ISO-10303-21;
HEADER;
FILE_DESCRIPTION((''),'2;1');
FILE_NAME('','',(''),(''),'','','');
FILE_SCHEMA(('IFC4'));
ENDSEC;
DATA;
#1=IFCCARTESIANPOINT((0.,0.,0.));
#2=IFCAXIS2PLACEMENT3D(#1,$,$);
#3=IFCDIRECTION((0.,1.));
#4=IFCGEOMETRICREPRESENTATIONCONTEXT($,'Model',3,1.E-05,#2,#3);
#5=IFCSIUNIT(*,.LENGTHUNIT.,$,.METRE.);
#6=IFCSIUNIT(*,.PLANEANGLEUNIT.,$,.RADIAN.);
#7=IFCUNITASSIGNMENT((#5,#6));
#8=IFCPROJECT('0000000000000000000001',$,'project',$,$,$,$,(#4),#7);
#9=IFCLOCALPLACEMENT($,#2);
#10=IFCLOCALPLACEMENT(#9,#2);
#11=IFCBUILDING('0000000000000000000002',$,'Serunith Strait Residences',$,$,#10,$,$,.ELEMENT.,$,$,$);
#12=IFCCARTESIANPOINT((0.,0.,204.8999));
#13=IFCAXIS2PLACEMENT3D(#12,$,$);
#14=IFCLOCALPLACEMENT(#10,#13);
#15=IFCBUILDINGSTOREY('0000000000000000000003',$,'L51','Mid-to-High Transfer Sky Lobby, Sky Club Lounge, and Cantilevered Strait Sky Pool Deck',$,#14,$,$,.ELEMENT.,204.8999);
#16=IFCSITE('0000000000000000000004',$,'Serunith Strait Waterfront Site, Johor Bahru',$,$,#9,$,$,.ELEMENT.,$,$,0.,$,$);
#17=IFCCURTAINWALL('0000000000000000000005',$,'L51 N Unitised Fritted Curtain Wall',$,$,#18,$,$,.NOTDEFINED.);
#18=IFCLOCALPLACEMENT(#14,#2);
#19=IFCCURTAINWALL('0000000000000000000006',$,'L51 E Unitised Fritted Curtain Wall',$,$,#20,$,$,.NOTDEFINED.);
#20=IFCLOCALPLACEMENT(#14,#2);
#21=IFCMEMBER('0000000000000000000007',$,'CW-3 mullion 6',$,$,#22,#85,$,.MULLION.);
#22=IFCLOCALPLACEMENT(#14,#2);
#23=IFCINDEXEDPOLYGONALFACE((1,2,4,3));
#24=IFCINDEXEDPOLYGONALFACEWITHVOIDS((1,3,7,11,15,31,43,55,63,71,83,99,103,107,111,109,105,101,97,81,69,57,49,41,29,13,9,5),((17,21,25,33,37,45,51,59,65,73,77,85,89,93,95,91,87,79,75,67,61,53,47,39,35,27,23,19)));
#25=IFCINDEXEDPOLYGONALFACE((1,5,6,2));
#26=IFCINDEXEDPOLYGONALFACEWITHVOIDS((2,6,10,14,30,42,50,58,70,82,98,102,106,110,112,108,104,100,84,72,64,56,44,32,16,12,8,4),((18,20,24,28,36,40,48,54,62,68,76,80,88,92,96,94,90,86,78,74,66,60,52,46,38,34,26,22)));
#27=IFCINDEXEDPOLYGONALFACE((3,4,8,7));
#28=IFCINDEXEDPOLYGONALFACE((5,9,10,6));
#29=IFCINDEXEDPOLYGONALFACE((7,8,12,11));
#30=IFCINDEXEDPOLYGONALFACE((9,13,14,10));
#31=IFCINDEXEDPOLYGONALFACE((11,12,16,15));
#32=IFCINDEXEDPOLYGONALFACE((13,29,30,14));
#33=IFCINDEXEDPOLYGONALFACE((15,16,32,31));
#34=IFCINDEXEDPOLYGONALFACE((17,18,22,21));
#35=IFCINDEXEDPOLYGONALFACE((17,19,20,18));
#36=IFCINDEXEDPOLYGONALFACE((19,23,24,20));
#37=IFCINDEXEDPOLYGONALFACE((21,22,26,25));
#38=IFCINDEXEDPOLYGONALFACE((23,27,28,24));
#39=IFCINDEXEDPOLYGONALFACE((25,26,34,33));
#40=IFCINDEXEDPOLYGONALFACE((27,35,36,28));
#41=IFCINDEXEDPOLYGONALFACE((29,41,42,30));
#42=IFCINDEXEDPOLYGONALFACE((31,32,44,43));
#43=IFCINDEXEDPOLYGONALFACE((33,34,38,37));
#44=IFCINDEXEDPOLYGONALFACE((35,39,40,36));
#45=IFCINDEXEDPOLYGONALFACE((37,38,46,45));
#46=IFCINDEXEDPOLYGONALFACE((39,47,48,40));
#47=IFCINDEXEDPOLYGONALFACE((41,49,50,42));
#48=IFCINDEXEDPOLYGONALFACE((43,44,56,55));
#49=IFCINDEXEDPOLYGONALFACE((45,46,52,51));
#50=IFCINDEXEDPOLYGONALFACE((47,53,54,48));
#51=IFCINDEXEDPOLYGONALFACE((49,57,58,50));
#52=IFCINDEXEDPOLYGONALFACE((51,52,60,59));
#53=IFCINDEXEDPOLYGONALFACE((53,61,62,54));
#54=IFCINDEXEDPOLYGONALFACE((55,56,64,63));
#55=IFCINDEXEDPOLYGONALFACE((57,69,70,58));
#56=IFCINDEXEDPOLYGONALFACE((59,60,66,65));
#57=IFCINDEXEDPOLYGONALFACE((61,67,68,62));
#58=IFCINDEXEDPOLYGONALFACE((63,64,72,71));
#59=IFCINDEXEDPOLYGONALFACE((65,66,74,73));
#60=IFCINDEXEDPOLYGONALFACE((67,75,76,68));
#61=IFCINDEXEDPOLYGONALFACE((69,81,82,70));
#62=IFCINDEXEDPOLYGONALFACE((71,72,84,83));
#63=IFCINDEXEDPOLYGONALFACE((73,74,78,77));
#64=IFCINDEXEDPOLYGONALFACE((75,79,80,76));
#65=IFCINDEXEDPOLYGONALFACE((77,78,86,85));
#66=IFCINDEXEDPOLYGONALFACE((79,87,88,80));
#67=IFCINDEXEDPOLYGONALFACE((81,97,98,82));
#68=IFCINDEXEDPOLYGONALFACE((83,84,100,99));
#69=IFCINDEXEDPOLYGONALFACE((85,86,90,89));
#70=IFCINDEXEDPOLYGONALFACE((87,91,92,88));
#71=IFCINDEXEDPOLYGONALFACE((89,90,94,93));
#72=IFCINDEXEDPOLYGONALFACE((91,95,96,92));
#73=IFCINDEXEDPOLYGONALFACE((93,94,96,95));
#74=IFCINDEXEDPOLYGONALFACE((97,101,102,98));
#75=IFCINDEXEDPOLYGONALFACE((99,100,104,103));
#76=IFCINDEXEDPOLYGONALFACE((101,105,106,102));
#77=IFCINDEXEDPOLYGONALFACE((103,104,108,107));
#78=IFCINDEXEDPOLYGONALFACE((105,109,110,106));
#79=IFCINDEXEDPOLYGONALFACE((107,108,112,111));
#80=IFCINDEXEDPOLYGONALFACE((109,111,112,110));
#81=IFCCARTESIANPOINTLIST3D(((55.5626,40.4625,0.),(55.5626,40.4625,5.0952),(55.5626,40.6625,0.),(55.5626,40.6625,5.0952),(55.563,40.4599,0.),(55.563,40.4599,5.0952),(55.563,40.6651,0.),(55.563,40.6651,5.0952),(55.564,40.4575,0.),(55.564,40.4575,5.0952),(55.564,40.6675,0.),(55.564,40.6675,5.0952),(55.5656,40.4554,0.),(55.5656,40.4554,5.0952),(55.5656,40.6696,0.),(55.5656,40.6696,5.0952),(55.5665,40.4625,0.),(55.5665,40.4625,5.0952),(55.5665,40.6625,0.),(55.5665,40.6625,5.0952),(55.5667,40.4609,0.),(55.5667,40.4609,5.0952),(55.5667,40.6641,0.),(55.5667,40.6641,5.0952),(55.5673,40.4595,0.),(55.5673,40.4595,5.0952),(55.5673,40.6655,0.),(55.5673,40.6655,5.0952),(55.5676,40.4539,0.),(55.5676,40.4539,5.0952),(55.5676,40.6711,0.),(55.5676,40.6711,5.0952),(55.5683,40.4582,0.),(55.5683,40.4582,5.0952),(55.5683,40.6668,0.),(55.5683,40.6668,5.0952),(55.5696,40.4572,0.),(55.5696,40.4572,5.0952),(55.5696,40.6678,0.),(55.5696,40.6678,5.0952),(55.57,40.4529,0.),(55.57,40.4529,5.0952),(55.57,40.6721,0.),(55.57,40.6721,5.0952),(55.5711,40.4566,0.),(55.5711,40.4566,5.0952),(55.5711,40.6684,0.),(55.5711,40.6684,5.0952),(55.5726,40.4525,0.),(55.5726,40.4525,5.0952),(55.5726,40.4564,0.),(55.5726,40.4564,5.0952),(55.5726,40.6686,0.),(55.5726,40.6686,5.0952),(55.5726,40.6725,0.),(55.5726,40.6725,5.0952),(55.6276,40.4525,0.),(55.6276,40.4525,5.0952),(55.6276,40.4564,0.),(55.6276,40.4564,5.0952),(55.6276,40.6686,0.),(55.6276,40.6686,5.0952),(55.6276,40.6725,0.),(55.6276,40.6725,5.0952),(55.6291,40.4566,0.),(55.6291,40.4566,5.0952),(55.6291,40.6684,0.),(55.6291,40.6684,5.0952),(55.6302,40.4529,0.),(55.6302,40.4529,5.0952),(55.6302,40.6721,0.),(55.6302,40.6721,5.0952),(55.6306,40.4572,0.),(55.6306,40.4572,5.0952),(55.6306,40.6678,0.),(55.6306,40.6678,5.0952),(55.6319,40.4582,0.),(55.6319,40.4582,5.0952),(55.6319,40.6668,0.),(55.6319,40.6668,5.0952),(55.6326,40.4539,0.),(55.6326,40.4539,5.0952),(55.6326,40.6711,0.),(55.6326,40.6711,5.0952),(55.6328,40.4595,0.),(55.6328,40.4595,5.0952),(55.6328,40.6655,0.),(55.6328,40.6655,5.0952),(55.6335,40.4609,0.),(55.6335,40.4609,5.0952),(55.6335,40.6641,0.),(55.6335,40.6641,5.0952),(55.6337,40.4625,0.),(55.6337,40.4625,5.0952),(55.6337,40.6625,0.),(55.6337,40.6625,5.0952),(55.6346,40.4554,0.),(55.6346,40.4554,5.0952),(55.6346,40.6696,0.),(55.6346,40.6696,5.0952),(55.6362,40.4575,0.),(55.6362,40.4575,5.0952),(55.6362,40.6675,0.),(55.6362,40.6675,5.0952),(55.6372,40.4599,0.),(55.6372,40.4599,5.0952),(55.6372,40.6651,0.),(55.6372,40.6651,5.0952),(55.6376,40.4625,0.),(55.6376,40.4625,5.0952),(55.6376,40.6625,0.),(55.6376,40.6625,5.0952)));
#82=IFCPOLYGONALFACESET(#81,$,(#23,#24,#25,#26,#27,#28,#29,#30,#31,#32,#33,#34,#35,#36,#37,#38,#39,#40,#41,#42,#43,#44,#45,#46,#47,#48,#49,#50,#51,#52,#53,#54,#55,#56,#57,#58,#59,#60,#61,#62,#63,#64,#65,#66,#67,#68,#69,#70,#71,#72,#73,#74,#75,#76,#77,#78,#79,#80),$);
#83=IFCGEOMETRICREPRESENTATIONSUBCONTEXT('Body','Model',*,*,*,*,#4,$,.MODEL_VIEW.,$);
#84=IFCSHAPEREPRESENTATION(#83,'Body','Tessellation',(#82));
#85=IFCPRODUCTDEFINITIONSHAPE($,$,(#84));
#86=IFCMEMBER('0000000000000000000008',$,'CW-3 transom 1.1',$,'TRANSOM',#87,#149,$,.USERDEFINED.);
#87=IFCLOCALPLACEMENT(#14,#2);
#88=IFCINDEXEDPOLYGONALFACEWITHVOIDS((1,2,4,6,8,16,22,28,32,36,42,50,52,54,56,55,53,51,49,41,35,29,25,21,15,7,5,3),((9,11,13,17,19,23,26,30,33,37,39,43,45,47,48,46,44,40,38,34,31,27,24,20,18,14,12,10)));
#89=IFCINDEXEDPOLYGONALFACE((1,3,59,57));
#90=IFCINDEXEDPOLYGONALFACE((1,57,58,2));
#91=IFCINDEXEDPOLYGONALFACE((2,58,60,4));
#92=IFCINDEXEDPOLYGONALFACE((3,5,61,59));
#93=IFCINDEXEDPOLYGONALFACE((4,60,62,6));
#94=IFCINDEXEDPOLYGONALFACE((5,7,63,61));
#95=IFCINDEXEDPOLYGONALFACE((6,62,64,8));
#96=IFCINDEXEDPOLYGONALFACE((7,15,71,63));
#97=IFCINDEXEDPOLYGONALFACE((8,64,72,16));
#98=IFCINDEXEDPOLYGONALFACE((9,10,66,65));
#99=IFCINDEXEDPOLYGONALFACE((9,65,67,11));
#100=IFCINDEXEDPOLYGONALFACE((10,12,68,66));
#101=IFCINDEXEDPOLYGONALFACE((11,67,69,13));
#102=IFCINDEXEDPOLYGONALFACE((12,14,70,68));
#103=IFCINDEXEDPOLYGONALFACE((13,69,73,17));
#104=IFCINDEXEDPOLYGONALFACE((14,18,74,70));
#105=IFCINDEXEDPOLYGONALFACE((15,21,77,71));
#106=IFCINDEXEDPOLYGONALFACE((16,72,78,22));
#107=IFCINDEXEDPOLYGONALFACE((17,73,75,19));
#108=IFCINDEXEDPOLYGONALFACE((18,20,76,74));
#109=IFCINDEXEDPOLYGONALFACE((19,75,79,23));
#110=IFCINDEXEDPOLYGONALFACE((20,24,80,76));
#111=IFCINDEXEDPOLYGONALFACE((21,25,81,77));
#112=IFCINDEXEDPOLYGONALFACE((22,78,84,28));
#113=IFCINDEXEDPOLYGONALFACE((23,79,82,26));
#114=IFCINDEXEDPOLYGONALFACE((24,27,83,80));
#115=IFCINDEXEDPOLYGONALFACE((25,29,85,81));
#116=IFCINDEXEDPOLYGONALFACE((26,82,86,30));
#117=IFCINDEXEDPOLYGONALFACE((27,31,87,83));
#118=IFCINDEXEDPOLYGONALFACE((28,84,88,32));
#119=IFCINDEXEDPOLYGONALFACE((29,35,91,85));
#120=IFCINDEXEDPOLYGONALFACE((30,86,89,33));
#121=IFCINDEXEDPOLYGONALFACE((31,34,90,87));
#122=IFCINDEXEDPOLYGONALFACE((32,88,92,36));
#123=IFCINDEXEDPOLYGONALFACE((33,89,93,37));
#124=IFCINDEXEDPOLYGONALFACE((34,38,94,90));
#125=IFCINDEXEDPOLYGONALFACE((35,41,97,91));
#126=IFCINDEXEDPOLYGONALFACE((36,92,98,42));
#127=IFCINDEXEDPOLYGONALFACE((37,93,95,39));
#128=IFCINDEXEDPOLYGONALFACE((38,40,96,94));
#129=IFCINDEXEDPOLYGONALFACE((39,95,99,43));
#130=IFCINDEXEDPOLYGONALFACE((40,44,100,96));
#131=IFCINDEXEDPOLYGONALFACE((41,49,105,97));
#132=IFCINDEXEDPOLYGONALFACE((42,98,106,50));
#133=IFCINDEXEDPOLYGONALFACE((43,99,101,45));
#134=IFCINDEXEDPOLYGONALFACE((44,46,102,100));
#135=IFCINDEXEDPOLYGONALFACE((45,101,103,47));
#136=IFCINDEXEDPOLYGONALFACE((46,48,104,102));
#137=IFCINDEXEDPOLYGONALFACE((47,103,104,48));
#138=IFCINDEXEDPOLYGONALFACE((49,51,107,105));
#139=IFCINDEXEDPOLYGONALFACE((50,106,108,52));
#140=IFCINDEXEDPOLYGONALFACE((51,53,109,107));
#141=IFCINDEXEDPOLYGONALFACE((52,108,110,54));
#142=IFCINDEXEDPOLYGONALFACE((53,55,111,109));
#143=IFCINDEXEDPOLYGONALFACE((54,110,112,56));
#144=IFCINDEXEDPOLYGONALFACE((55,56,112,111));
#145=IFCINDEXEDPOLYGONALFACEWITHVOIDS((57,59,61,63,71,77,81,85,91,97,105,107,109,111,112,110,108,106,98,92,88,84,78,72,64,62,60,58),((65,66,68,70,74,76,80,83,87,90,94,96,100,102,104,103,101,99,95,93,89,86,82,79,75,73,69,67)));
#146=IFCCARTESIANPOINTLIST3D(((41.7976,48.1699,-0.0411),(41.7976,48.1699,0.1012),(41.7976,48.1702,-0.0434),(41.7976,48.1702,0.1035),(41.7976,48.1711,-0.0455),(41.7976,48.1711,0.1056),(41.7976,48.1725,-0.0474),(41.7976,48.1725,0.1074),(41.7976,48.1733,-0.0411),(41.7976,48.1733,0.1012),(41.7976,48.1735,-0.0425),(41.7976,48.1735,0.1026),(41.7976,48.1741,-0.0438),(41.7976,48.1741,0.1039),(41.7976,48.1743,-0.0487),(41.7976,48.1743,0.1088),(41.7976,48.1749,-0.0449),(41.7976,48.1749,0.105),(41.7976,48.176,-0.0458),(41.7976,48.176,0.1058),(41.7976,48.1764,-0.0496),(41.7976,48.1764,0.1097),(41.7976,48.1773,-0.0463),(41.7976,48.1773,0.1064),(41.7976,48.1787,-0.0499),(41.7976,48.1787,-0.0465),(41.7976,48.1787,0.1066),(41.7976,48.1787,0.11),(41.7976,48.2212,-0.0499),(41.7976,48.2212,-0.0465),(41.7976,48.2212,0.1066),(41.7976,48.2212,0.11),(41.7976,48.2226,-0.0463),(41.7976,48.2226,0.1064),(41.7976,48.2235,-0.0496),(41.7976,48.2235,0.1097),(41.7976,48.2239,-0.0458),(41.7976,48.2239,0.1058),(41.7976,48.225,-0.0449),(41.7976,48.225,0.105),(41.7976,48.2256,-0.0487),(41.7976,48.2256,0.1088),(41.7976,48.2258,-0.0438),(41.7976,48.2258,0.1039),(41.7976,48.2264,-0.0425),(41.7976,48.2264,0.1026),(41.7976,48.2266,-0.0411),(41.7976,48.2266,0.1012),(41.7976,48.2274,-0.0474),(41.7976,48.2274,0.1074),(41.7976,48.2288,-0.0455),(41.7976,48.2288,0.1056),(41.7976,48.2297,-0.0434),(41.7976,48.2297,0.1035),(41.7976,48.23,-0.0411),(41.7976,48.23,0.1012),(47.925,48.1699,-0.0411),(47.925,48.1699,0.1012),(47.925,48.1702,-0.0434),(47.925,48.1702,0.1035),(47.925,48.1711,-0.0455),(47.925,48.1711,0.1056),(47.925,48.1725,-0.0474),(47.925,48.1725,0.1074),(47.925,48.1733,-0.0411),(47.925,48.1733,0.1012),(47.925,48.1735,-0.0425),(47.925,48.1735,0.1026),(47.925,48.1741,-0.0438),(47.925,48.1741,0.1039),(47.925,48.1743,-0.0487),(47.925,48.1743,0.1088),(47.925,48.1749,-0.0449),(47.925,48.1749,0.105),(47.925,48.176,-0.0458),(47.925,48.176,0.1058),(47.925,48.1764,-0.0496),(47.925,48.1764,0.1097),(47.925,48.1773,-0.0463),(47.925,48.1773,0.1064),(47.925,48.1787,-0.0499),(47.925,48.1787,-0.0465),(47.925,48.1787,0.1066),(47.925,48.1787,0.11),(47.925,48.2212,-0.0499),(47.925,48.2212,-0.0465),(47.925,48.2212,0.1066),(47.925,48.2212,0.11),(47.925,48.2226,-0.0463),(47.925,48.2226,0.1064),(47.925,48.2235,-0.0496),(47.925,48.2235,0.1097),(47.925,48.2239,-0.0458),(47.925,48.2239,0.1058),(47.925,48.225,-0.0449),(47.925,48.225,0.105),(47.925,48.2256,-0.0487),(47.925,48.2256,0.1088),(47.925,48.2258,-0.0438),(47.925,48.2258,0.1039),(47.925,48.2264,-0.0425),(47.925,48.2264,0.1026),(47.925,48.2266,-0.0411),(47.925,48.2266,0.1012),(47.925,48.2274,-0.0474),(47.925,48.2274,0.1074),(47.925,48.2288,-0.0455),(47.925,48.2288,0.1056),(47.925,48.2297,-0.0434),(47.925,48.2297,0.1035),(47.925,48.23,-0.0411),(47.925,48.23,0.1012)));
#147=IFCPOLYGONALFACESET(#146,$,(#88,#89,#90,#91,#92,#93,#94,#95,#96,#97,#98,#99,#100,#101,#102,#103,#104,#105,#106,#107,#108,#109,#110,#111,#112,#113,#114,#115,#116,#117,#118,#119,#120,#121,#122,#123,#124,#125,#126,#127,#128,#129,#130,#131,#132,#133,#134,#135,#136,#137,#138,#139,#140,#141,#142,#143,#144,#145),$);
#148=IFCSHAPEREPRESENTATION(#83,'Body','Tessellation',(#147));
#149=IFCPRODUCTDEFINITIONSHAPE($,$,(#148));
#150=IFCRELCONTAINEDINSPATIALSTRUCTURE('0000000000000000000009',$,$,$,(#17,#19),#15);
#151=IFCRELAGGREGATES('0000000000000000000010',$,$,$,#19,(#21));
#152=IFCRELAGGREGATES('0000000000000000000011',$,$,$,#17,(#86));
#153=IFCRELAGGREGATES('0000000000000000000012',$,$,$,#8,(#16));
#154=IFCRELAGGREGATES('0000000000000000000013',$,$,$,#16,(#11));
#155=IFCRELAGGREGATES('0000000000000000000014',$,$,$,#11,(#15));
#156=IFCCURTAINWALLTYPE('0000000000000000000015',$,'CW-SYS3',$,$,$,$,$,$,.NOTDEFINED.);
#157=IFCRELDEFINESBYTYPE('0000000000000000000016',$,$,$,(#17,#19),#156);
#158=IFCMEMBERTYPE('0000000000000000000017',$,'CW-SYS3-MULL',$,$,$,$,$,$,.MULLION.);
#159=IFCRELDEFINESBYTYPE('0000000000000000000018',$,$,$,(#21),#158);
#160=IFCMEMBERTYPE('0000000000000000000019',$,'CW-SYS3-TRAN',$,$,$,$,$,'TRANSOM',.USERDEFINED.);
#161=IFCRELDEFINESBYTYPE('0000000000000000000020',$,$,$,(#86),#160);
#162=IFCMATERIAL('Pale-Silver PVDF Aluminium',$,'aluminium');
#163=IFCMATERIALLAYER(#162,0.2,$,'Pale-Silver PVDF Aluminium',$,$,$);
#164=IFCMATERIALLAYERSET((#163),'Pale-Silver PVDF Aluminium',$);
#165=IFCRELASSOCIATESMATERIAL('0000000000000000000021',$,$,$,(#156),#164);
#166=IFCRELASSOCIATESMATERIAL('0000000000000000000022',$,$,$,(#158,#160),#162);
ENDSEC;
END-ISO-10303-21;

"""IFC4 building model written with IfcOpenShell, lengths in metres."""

from ifc_helpers import new_model, si_unit, direction, frame, origin, origin_2d, place, context, subcontext, project, spatial, hollow_rectangle, extrude, source, transform, mapped, material, layer, layer_set, material_profile, profile_set, type_object, element, aggregate, save


model = new_model("IFC4")

# Units and contexts
model_context = context("Model", 3, precision=1e-05, world=origin(), true_north=direction((0.0, 1.0)))
body_context = subcontext(model_context, "Body", "Model", "MODEL_VIEW")
ifc_project = project(units=[si_unit("LENGTHUNIT", "METRE"), si_unit("PLANEANGLEUNIT", "RADIAN")], contexts=[model_context])

# Site, building, storey
site_placement = place(None, origin())
site = spatial("IfcSite", under=ifc_project, at=site_placement, Name="Serunith Strait Waterfront Site, Johor Bahru", CompositionType="ELEMENT", RefElevation=0.0)
building_placement = place(site_placement, origin())
building = spatial("IfcBuilding", under=site, at=building_placement, Name="Serunith Strait Residences", CompositionType="ELEMENT")
storey_placement = place(building_placement, frame((0.0, 0.0, 204.8999)))
storey = spatial("IfcBuildingStorey", under=building, at=storey_placement, Name="L51", Description="Mid-to-High Transfer Sky Lobby, Sky Club Lounge, and Cantilevered Strait Sky Pool Deck", CompositionType="ELEMENT", Elevation=204.8999)

# Curtain wall
ifc_material_1 = material(Name="Pale-Silver PVDF Aluminium", Category="aluminium")
ifc_layer_1 = layer(ifc_material_1, 0.2, Name="Pale-Silver PVDF Aluminium")
ifc_layer_set_1 = layer_set([ifc_layer_1], Name="Pale-Silver PVDF Aluminium")
curtain_wall_type = type_object("IfcCurtainWallType", Name="CW-SYS3", PredefinedType="NOTDEFINED", material=ifc_layer_set_1)
curtain_wall_1_placement = place(storey_placement, origin())
curtain_wall_1 = element("IfcCurtainWall", 1, at=curtain_wall_1_placement, inside=storey, type_object=curtain_wall_type, Name="L51 N Unitised Fritted Curtain Wall", PredefinedType="NOTDEFINED")
ifc_material_profile_1 = material_profile(ifc_material_1, hollow_rectangle(XDim=0.075, YDim=0.22, WallThickness=0.0039, InnerFilletRadius=0.0061, OuterFilletRadius=0.01, at=origin_2d()), Name="ALU 220x75x4")
ifc_profile_set_1 = profile_set([ifc_material_profile_1], Name="Pale-Silver PVDF Aluminium")
member_type_1 = type_object("IfcMemberType", Name="CW-SYS3-MULL", PredefinedType="MULLION", material=ifc_profile_set_1)

# Curtain wall, member
curtain_wall_2_placement = place(storey_placement, origin())
curtain_wall_2 = element("IfcCurtainWall", 2, at=curtain_wall_2_placement, inside=storey, type_object=curtain_wall_type, Name="L51 E Unitised Fritted Curtain Wall", PredefinedType="NOTDEFINED")
shared_shape_1 = source(origin(), body_context, "Body", "SweptSolid", [
    extrude(hollow_rectangle(XDim=0.075, YDim=0.22, WallThickness=0.0039, InnerFilletRadius=0.0061, OuterFilletRadius=0.01, at=origin_2d()), origin(), (0.0, 0.0, 1.0), 5.0952),
])
member_1_placement = place(storey_placement, frame((55.6001, 40.5625, 0.0), z_axis=(0.0, 0.0, 1.0), x_axis=(-1.0, 0.0, 0.0)))
member_1 = element("IfcMember", 3, at=member_1_placement, type_object=member_type_1, Name="CW-3 mullion 6", PredefinedType="MULLION", context=body_context, shape_type="MappedRepresentation", body=[
    mapped(shared_shape_1, transform((0.0, 0.0, 0.0), scale=1.0)),
])
aggregate(curtain_wall_2, [member_1])

# Member
ifc_material_profile_2 = material_profile(ifc_material_1, hollow_rectangle(XDim=0.0601, YDim=0.1599, WallThickness=0.0034, InnerFilletRadius=0.0054, OuterFilletRadius=0.0088, at=origin_2d()), Name="ALU 160x60x3.5")
ifc_profile_set_2 = profile_set([ifc_material_profile_2], Name="Pale-Silver PVDF Aluminium")
member_type_2 = type_object("IfcMemberType", Name="CW-SYS3-TRAN", ElementType="TRANSOM", PredefinedType="USERDEFINED", material=ifc_profile_set_2)
shared_shape_2 = source(origin(), body_context, "Body", "SweptSolid", [
    extrude(hollow_rectangle(XDim=0.0601, YDim=0.1599, WallThickness=0.0034, InnerFilletRadius=0.0054, OuterFilletRadius=0.0088, at=origin_2d()), origin(), (0.0, 0.0, 1.0), 6.1274),
])
member_2_placement = place(storey_placement, frame((47.925, 48.2, 0.03), z_axis=(-1.0, 0.0, 0.0), x_axis=(0.0, -1.0, 0.0)))
member_2 = element("IfcMember", 4, at=member_2_placement, type_object=member_type_2, Name="CW-3 transom 1.1", ObjectType="TRANSOM", PredefinedType="USERDEFINED", context=body_context, shape_type="MappedRepresentation", body=[
    mapped(shared_shape_2, transform((0.0, 0.0, 0.0), scale=1.0)),
])

aggregate(curtain_wall_1, [member_2])

save(model, "model.ifc")
